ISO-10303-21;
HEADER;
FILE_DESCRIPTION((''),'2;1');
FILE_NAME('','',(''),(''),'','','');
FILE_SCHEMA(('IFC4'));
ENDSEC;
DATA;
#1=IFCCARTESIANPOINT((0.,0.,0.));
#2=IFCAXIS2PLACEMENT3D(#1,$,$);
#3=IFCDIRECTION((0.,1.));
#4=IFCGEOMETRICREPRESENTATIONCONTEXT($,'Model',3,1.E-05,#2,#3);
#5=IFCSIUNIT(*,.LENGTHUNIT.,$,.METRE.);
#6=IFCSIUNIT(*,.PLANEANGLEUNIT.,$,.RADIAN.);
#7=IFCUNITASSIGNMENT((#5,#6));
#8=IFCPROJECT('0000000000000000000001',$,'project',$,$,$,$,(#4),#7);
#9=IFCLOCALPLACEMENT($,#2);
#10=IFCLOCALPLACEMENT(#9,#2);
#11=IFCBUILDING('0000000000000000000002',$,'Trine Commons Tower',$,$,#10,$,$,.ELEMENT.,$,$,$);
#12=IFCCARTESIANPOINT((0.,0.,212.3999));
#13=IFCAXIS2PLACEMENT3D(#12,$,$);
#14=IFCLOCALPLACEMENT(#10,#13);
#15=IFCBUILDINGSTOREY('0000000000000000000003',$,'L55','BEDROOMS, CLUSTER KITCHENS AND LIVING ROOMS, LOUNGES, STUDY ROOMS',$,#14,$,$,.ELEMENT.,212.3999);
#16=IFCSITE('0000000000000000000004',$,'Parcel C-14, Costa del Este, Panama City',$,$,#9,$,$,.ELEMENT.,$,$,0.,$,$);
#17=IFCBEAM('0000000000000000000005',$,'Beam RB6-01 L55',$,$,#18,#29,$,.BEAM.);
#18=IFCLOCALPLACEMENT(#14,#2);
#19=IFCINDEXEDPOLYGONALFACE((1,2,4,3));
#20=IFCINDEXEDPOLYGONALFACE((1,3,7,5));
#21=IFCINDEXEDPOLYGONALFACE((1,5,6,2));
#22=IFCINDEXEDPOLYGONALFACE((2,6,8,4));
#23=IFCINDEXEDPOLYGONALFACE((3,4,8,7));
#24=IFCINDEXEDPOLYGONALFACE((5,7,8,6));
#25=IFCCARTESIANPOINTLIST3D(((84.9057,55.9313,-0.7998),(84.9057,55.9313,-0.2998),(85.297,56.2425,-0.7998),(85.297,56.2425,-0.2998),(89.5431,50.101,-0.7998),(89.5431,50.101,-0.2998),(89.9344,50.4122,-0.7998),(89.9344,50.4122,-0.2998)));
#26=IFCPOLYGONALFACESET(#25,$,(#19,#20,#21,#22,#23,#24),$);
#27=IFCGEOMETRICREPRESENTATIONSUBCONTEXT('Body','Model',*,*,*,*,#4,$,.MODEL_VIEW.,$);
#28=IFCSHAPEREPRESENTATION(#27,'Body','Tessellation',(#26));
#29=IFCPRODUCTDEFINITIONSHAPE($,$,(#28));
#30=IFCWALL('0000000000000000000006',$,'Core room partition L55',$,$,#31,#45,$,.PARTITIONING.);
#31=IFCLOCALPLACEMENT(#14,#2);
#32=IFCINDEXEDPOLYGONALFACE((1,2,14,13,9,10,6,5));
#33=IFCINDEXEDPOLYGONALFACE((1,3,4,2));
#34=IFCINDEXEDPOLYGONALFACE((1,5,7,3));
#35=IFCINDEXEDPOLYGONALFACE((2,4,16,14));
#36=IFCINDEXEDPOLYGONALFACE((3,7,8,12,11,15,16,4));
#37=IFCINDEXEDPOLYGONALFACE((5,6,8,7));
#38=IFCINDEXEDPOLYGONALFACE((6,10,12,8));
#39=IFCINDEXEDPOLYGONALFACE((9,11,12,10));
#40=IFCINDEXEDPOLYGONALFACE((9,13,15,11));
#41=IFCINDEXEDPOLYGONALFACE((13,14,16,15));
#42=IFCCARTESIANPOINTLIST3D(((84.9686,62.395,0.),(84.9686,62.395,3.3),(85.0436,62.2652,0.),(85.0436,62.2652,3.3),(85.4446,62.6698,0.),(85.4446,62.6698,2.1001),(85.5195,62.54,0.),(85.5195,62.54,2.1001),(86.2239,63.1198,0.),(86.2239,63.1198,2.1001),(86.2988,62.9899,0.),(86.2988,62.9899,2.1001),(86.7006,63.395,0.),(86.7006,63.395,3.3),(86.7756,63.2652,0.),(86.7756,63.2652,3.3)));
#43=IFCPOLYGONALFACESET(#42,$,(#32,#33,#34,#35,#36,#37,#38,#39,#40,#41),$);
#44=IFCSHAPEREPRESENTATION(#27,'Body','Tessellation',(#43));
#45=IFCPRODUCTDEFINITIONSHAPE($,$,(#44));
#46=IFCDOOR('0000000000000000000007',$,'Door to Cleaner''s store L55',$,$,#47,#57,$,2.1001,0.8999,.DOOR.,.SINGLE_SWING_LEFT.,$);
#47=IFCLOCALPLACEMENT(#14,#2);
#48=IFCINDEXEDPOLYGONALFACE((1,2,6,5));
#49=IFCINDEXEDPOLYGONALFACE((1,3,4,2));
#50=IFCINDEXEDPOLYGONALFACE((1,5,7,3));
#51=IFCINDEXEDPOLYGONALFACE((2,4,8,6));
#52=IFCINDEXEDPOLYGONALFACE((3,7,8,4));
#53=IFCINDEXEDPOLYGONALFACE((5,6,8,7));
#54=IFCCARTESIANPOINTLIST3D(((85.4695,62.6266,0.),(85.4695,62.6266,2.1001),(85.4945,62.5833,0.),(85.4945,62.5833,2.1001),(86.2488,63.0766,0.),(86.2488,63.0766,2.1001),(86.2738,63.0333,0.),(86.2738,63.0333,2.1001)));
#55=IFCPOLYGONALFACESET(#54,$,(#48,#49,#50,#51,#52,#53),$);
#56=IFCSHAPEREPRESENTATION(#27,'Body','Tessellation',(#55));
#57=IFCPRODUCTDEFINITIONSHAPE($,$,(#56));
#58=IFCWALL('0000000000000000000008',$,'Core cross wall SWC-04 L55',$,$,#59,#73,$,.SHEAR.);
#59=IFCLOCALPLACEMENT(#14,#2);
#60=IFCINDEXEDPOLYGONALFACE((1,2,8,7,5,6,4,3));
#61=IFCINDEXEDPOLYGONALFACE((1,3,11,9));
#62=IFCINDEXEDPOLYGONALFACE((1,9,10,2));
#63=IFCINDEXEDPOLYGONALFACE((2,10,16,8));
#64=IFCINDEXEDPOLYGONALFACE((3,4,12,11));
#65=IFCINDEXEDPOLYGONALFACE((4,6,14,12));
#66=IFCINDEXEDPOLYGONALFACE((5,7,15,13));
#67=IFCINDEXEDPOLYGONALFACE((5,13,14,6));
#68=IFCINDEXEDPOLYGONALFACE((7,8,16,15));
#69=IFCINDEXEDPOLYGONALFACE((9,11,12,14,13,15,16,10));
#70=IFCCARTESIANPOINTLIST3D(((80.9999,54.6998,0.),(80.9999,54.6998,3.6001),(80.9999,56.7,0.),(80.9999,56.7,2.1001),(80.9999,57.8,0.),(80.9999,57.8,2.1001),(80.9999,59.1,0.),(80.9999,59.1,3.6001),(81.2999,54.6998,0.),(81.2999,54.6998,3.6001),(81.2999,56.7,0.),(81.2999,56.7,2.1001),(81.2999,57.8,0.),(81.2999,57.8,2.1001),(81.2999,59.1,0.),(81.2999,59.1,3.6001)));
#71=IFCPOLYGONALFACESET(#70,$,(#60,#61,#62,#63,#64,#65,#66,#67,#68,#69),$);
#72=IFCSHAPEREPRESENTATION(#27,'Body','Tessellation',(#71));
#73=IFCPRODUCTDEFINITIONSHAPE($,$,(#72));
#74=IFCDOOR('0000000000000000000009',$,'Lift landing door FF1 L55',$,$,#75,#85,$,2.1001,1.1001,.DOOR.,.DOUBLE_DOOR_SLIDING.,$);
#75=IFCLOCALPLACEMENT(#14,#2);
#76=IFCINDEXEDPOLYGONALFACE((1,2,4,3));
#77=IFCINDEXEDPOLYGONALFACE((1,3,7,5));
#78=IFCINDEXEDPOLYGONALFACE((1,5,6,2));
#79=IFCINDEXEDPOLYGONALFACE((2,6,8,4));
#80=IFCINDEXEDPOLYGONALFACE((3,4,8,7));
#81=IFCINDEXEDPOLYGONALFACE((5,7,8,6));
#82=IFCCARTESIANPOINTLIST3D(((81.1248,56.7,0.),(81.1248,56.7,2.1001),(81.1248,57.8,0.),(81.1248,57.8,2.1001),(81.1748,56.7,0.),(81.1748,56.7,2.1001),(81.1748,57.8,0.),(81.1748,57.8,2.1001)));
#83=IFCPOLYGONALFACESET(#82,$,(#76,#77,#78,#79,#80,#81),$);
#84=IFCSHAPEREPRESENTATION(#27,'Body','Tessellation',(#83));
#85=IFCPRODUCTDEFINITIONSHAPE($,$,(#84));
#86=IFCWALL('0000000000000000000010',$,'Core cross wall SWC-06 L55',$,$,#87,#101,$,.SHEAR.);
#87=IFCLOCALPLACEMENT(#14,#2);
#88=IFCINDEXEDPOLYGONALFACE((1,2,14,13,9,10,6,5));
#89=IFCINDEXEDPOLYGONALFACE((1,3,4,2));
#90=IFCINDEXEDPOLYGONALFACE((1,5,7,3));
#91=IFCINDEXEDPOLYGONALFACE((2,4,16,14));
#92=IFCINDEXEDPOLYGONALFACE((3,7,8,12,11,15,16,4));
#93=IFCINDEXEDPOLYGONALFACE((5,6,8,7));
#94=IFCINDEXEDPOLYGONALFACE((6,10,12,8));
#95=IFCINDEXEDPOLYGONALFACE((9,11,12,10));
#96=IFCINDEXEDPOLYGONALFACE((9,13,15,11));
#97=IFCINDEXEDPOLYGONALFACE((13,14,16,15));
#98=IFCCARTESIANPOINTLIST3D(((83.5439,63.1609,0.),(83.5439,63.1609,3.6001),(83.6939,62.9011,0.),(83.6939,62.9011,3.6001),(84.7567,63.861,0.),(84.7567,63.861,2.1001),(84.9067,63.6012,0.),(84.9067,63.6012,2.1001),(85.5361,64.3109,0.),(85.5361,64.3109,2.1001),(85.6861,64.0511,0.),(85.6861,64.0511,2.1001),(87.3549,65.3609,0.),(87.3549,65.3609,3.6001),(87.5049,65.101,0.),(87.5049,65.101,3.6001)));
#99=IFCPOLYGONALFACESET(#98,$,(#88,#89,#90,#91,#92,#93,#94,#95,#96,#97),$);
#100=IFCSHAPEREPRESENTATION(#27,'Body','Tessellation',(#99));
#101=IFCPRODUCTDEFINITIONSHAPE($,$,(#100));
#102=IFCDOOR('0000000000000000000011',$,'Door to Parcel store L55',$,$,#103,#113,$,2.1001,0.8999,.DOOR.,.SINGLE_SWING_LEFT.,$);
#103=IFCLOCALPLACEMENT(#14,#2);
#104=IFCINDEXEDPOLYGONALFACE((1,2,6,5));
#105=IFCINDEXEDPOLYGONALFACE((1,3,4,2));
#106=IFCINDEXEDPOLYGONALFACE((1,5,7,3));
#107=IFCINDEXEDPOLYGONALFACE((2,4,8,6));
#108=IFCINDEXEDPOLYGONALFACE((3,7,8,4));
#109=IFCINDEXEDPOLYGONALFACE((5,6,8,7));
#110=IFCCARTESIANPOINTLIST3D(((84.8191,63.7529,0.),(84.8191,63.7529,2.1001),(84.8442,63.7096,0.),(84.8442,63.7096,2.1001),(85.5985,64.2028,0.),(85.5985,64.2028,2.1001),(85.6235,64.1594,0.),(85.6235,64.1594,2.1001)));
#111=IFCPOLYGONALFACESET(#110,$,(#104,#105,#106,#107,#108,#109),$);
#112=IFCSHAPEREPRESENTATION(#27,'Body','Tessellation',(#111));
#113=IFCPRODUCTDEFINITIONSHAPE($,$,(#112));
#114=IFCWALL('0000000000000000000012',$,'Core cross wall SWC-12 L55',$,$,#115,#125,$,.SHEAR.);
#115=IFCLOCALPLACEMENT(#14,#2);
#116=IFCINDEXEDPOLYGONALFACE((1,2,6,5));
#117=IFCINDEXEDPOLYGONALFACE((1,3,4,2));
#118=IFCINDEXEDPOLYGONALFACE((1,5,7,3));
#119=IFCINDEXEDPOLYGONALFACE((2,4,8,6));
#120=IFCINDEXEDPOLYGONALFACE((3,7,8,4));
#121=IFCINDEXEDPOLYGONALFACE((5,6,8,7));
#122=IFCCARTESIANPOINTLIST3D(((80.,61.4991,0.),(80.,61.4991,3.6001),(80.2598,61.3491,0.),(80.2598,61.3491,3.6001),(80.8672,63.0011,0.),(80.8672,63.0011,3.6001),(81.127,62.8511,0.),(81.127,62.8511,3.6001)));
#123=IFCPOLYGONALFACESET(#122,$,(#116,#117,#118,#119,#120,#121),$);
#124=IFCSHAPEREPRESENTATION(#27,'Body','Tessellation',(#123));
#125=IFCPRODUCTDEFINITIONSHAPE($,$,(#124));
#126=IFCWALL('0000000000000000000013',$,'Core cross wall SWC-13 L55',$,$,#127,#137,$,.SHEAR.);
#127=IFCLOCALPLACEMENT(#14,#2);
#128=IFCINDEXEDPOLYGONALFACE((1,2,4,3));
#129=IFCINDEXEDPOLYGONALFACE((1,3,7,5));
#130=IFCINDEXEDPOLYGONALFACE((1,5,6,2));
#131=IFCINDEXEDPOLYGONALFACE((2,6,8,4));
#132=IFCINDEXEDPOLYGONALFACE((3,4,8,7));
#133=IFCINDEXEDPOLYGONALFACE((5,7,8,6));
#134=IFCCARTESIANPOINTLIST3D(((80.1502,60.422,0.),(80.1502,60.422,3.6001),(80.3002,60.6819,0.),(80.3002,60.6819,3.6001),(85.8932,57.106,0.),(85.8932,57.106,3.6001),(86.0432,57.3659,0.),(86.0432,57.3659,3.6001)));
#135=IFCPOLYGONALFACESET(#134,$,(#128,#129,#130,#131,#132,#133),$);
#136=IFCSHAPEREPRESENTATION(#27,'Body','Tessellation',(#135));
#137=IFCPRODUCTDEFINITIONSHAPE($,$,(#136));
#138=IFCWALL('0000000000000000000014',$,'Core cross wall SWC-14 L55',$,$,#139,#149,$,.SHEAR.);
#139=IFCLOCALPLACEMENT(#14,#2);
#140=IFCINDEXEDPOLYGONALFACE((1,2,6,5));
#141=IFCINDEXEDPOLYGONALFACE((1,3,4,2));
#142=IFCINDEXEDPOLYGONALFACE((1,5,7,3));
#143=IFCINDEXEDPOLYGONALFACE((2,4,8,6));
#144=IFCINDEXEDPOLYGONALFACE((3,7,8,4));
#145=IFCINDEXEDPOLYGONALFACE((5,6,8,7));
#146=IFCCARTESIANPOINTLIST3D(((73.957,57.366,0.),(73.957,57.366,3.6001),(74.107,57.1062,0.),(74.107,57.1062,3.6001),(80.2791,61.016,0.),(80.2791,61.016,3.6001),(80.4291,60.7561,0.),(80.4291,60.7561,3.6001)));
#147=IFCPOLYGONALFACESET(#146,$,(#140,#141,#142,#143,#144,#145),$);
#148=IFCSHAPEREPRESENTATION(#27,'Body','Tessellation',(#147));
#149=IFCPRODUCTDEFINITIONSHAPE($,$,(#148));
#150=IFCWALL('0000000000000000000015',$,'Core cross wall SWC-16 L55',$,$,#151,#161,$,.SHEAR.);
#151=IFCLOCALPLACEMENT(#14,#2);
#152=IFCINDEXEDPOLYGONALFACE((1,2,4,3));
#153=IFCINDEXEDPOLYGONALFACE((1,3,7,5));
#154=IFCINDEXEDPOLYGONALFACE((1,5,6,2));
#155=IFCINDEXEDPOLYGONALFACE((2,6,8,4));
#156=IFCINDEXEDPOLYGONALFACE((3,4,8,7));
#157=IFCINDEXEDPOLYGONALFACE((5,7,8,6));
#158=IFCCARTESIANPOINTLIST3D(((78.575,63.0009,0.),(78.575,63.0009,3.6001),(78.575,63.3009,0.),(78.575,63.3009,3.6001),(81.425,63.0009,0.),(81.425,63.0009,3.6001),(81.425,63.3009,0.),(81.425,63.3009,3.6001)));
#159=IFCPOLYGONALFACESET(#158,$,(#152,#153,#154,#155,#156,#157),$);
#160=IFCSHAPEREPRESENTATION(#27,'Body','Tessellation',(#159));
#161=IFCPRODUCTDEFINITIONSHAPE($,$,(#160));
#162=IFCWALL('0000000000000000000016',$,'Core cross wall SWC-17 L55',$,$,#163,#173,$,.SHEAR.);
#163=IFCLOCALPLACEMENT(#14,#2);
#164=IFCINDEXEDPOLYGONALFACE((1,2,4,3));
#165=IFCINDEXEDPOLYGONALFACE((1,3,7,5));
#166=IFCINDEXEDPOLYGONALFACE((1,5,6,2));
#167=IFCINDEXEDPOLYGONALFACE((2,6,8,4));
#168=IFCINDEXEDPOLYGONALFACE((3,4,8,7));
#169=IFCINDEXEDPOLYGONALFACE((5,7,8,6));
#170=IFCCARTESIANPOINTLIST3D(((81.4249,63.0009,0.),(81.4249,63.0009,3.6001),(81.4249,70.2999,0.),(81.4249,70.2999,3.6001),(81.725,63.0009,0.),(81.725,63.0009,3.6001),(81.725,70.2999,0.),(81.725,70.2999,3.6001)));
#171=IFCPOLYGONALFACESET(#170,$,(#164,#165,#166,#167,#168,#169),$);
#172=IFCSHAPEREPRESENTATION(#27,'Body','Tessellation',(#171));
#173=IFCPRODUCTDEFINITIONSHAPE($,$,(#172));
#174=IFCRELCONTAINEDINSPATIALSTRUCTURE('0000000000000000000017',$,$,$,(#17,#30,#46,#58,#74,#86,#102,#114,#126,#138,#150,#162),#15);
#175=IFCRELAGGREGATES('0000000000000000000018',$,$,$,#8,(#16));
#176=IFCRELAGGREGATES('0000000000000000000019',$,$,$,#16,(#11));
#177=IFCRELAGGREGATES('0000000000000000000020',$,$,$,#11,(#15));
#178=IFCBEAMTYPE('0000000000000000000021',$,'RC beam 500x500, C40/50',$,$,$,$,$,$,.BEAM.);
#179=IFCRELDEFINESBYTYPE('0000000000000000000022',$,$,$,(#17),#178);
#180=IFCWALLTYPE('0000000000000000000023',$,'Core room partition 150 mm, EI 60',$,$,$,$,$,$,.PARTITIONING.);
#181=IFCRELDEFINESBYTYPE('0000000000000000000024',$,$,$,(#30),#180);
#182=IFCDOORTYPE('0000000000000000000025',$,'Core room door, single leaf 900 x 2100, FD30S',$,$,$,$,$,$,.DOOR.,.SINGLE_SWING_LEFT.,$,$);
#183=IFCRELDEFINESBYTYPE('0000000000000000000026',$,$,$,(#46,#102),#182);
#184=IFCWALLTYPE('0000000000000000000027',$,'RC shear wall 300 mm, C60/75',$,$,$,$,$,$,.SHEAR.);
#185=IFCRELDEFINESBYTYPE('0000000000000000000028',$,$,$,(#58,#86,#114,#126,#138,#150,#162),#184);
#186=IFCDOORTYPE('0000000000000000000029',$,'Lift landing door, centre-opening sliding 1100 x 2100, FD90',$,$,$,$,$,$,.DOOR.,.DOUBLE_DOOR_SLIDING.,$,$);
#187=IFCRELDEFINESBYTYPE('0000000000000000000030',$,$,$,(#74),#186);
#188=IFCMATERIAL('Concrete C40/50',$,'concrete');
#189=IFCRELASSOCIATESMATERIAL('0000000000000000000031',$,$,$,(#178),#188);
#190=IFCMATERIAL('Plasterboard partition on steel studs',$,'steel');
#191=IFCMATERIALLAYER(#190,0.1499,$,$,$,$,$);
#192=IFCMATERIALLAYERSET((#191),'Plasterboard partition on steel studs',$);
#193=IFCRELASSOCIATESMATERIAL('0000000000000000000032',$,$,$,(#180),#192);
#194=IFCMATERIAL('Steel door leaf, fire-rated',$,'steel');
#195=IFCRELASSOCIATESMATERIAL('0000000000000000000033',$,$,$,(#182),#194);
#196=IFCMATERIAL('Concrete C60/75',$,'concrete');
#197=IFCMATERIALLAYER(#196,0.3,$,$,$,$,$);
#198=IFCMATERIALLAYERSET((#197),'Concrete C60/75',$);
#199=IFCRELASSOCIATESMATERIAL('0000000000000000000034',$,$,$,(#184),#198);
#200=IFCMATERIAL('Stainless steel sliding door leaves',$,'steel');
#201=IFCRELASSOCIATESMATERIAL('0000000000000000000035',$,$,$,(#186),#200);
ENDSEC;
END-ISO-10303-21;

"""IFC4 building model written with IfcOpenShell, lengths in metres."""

from ifc_helpers import new_model, si_unit, direction, frame, frame_2d, origin, origin_2d, place, context, subcontext, project, spatial, rectangle, extrude, material, layer, layer_set, material_profile, profile_set, type_object, element, fill, save


model = new_model("IFC4")

# Units and contexts
model_context = context("Model", 3, precision=1e-05, world=origin(), true_north=direction((0.0, 1.0)))
body_context = subcontext(model_context, "Body", "Model", "MODEL_VIEW")
ifc_project = project(units=[si_unit("LENGTHUNIT", "METRE"), si_unit("PLANEANGLEUNIT", "RADIAN")], contexts=[model_context])

# Site, building, storey
site_placement = place(None, origin())
site = spatial("IfcSite", under=ifc_project, at=site_placement, Name="Parcel C-14, Costa del Este, Panama City", CompositionType="ELEMENT", RefElevation=0.0)
building_placement = place(site_placement, origin())
building = spatial("IfcBuilding", under=site, at=building_placement, Name="Trine Commons Tower", CompositionType="ELEMENT")
storey_placement = place(building_placement, frame((0.0, 0.0, 212.3999)))
storey = spatial("IfcBuildingStorey", under=building, at=storey_placement, Name="L55", Description="BEDROOMS, CLUSTER KITCHENS AND LIVING ROOMS, LOUNGES, STUDY ROOMS", CompositionType="ELEMENT", Elevation=212.3999)

# Beam
ifc_material_1 = material(Name="Concrete C40/50", Category="concrete")
ifc_material_profile = material_profile(ifc_material_1, rectangle(XDim=0.5, YDim=0.5, at=origin_2d()), Name="RC 500x500")
ifc_profile_set = profile_set([ifc_material_profile], Name="Concrete C40/50")
beam_type = type_object("IfcBeamType", Name="RC beam 500x500, C40/50", PredefinedType="BEAM", material=ifc_profile_set)
beam_placement = place(storey_placement, frame((85.1013, 56.0869, -0.5498), z_axis=(0.622498, -0.782621, 0.0), x_axis=(0.782621, 0.622498, 0.0)))
element("IfcBeam", 1, at=beam_placement, inside=storey, type_object=beam_type, Name="Beam RB6-01 L55", PredefinedType="BEAM", context=body_context, shape_type="SweptSolid", body=[
    extrude(rectangle(XDim=0.5, YDim=0.5, at=origin_2d()), origin(), (0.0, 0.0, 1.0), 7.4497),
])

# Walls, openings, doors
ifc_material_2 = material(Name="Plasterboard partition on steel studs", Category="steel")
ifc_layer_1 = layer(ifc_material_2, 0.1499)
ifc_layer_set_1 = layer_set([ifc_layer_1], Name="Plasterboard partition on steel studs")
wall_type_1 = type_object("IfcWallType", Name="Core room partition 150 mm, EI 60", PredefinedType="PARTITIONING", material=ifc_layer_set_1)
wall_1_placement = place(storey_placement, frame((85.0061, 62.3301, 0.0), z_axis=(0.0, 0.0, 1.0), x_axis=(0.866011, 0.500025, 0.0)))
wall_1 = element("IfcWall", 2, at=wall_1_placement, inside=storey, type_object=wall_type_1, Name="Core room partition L55", PredefinedType="PARTITIONING", context=body_context, shape_type="SweptSolid", body=[
    extrude(rectangle(XDim=2.0, YDim=0.1499, at=frame_2d((1.0, 0.0))), origin(), (0.0, 0.0, 1.0), 3.3),
])
opening_1_placement = place(wall_1_placement, frame((0.5496, 0.0, 0.0)))
opening_1 = element("IfcOpeningElement", 3, at=opening_1_placement, cuts=wall_1, PredefinedType="OPENING", context=body_context, shape_type="SweptSolid", body=[
    extrude(rectangle(XDim=0.8999, YDim=2.1001, at=frame_2d((0.45, 1.05))), frame((0.0, 0.085, 0.0), z_axis=(0.0, -1.0, 0.0), x_axis=(1.0, 0.0, 0.0)), (0.0, 0.0, 1.0), 0.1699),
])
ifc_material_3 = material(Name="Steel door leaf, fire-rated", Category="steel")
door_type_1 = type_object("IfcDoorType", Name="Core room door, single leaf 900 x 2100, FD30S", OperationType="SINGLE_SWING_LEFT", PredefinedType="DOOR", material=ifc_material_3)
door_1_placement = place(opening_1_placement, frame((0.8999, 0.0, 0.0), z_axis=(0.0, 0.0, 1.0), x_axis=(-1.0, 0.0, 0.0)))
door_1 = element("IfcDoor", 4, at=door_1_placement, inside=storey, type_object=door_type_1, Name="Door to Cleaner's store L55", OperationType="SINGLE_SWING_LEFT", OverallHeight=2.1001, OverallWidth=0.8999, PredefinedType="DOOR", context=body_context, shape_type="SweptSolid", body=[
    extrude(rectangle(XDim=0.8999, YDim=2.1001, at=frame_2d((0.45, 1.05))), frame((0.0, 0.0249, 0.0), z_axis=(0.0, -1.0, 0.0), x_axis=(1.0, 0.0, 0.0)), (0.0, 0.0, 1.0), 0.05),
])
fill(opening_1, door_1)
ifc_material_4 = material(Name="Concrete C60/75", Category="concrete")
ifc_layer_2 = layer(ifc_material_4, 0.3)
ifc_layer_set_2 = layer_set([ifc_layer_2], Name="Concrete C60/75")
wall_type_2 = type_object("IfcWallType", Name="RC shear wall 300 mm, C60/75", PredefinedType="SHEAR", material=ifc_layer_set_2)
wall_2_placement = place(storey_placement, frame((81.1499, 59.1001, 0.0), z_axis=(0.0, 0.0, 1.0), x_axis=(0.0, -1.0, 0.0)))
wall_2 = element("IfcWall", 5, at=wall_2_placement, inside=storey, type_object=wall_type_2, Name="Core cross wall SWC-04 L55", PredefinedType="SHEAR", context=body_context, shape_type="SweptSolid", body=[
    extrude(rectangle(XDim=4.4001, YDim=0.3, at=frame_2d((2.2002, 0.0))), origin(), (0.0, 0.0, 1.0), 3.6001),
])
opening_2_placement = place(wall_2_placement, frame((1.3, 0.0, 0.0)))
opening_2 = element("IfcOpeningElement", 6, at=opening_2_placement, cuts=wall_2, PredefinedType="OPENING", context=body_context, shape_type="SweptSolid", body=[
    extrude(rectangle(XDim=1.1001, YDim=2.1001, at=frame_2d((0.55, 1.05))), frame((0.0, 0.1599, 0.0), z_axis=(0.0, -1.0, 0.0), x_axis=(1.0, 0.0, 0.0)), (0.0, 0.0, 1.0), 0.3201),
])
ifc_material_5 = material(Name="Stainless steel sliding door leaves", Category="steel")
door_type_2 = type_object("IfcDoorType", Name="Lift landing door, centre-opening sliding 1100 x 2100, FD90", OperationType="DOUBLE_DOOR_SLIDING", PredefinedType="DOOR", material=ifc_material_5)
door_2_placement = place(opening_2_placement, origin())
door_2 = element("IfcDoor", 7, at=door_2_placement, inside=storey, type_object=door_type_2, Name="Lift landing door FF1 L55", OperationType="DOUBLE_DOOR_SLIDING", OverallHeight=2.1001, OverallWidth=1.1001, PredefinedType="DOOR", context=body_context, shape_type="SweptSolid", body=[
    extrude(rectangle(XDim=1.1001, YDim=2.1001, at=frame_2d((0.55, 1.05))), frame((0.0, 0.0249, 0.0), z_axis=(0.0, -1.0, 0.0), x_axis=(1.0, 0.0, 0.0)), (0.0, 0.0, 1.0), 0.05),
])
fill(opening_2, door_2)
wall_3_placement = place(storey_placement, frame((83.6189, 63.031, 0.0), z_axis=(0.0, 0.0, 1.0), x_axis=(0.86606, 0.49994, 0.0)))
wall_3 = element("IfcWall", 8, at=wall_3_placement, inside=storey, type_object=wall_type_2, Name="Core cross wall SWC-06 L55", PredefinedType="SHEAR", context=body_context, shape_type="SweptSolid", body=[
    extrude(rectangle(XDim=4.4004, YDim=0.3, at=frame_2d((2.2002, 0.0))), origin(), (0.0, 0.0, 1.0), 3.6001),
])
opening_3_placement = place(wall_3_placement, frame((1.4004, 0.0, 0.0)))
opening_3 = element("IfcOpeningElement", 9, at=opening_3_placement, cuts=wall_3, PredefinedType="OPENING", context=body_context, shape_type="SweptSolid", body=[
    extrude(rectangle(XDim=0.8999, YDim=2.1001, at=frame_2d((0.45, 1.05))), frame((0.0, 0.1599, 0.0), z_axis=(0.0, -1.0, 0.0), x_axis=(1.0, 0.0, 0.0)), (0.0, 0.0, 1.0), 0.3201),
])
door_3_placement = place(opening_3_placement, frame((0.8999, 0.0, 0.0), z_axis=(0.0, 0.0, 1.0), x_axis=(-1.0, 0.0, 0.0)))
door_3 = element("IfcDoor", 10, at=door_3_placement, inside=storey, type_object=door_type_1, Name="Door to Parcel store L55", OperationType="SINGLE_SWING_LEFT", OverallHeight=2.1001, OverallWidth=0.8999, PredefinedType="DOOR", context=body_context, shape_type="SweptSolid", body=[
    extrude(rectangle(XDim=0.8999, YDim=2.1001, at=frame_2d((0.45, 1.05))), frame((0.0, 0.0249, 0.0), z_axis=(0.0, -1.0, 0.0), x_axis=(1.0, 0.0, 0.0)), (0.0, 0.0, 1.0), 0.05),
])
fill(opening_3, door_3)

# Walls
wall_4_placement = place(storey_placement, frame((80.1299, 61.4241, 0.0), z_axis=(0.0, 0.0, 1.0), x_axis=(0.500015, 0.866017, 0.0)))
element("IfcWall", 11, at=wall_4_placement, inside=storey, type_object=wall_type_2, Name="Core cross wall SWC-12 L55", PredefinedType="SHEAR", context=body_context, shape_type="SweptSolid", body=[
    extrude(rectangle(XDim=1.7344, YDim=0.3, at=frame_2d((0.8672, 0.0))), origin(), (0.0, 0.0, 1.0), 3.6001),
])
wall_5_placement = place(storey_placement, frame((80.2251, 60.552, 0.0), z_axis=(0.0, 0.0, 1.0), x_axis=(0.86601, -0.500027, 0.0)))
element("IfcWall", 12, at=wall_5_placement, inside=storey, type_object=wall_type_2, Name="Core cross wall SWC-13 L55", PredefinedType="SHEAR", context=body_context, shape_type="SweptSolid", body=[
    extrude(rectangle(XDim=6.6316, YDim=0.3, at=frame_2d((3.3159, 0.0))), origin(), (0.0, 0.0, 1.0), 3.6001),
])
wall_6_placement = place(storey_placement, frame((80.354, 60.886, 0.0), z_axis=(0.0, 0.0, 1.0), x_axis=(-0.866032, -0.499988, 0.0)))
element("IfcWall", 13, at=wall_6_placement, inside=storey, type_object=wall_type_2, Name="Core cross wall SWC-14 L55", PredefinedType="SHEAR", context=body_context, shape_type="SweptSolid", body=[
    extrude(rectangle(XDim=7.3, YDim=0.3, at=frame_2d((3.6499, 0.0))), origin(), (0.0, 0.0, 1.0), 3.6001),
])
wall_7_placement = place(storey_placement, frame((81.425, 63.1509, 0.0), z_axis=(0.0, 0.0, 1.0), x_axis=(-1.0, 0.0, 0.0)))
element("IfcWall", 14, at=wall_7_placement, inside=storey, type_object=wall_type_2, Name="Core cross wall SWC-16 L55", PredefinedType="SHEAR", context=body_context, shape_type="SweptSolid", body=[
    extrude(rectangle(XDim=2.8501, YDim=0.3, at=frame_2d((1.425, 0.0))), origin(), (0.0, 0.0, 1.0), 3.6001),
])
wall_8_placement = place(storey_placement, frame((81.575, 63.001, 0.0), z_axis=(0.0, 0.0, 1.0), x_axis=(0.0, 1.0, 0.0)))
element("IfcWall", 15, at=wall_8_placement, inside=storey, type_object=wall_type_2, Name="Core cross wall SWC-17 L55", PredefinedType="SHEAR", context=body_context, shape_type="SweptSolid", body=[
    extrude(rectangle(XDim=7.2991, YDim=0.3, at=frame_2d((3.6494, 0.0))), origin(), (0.0, 0.0, 1.0), 3.6001),
])

save(model, "model.ifc")
